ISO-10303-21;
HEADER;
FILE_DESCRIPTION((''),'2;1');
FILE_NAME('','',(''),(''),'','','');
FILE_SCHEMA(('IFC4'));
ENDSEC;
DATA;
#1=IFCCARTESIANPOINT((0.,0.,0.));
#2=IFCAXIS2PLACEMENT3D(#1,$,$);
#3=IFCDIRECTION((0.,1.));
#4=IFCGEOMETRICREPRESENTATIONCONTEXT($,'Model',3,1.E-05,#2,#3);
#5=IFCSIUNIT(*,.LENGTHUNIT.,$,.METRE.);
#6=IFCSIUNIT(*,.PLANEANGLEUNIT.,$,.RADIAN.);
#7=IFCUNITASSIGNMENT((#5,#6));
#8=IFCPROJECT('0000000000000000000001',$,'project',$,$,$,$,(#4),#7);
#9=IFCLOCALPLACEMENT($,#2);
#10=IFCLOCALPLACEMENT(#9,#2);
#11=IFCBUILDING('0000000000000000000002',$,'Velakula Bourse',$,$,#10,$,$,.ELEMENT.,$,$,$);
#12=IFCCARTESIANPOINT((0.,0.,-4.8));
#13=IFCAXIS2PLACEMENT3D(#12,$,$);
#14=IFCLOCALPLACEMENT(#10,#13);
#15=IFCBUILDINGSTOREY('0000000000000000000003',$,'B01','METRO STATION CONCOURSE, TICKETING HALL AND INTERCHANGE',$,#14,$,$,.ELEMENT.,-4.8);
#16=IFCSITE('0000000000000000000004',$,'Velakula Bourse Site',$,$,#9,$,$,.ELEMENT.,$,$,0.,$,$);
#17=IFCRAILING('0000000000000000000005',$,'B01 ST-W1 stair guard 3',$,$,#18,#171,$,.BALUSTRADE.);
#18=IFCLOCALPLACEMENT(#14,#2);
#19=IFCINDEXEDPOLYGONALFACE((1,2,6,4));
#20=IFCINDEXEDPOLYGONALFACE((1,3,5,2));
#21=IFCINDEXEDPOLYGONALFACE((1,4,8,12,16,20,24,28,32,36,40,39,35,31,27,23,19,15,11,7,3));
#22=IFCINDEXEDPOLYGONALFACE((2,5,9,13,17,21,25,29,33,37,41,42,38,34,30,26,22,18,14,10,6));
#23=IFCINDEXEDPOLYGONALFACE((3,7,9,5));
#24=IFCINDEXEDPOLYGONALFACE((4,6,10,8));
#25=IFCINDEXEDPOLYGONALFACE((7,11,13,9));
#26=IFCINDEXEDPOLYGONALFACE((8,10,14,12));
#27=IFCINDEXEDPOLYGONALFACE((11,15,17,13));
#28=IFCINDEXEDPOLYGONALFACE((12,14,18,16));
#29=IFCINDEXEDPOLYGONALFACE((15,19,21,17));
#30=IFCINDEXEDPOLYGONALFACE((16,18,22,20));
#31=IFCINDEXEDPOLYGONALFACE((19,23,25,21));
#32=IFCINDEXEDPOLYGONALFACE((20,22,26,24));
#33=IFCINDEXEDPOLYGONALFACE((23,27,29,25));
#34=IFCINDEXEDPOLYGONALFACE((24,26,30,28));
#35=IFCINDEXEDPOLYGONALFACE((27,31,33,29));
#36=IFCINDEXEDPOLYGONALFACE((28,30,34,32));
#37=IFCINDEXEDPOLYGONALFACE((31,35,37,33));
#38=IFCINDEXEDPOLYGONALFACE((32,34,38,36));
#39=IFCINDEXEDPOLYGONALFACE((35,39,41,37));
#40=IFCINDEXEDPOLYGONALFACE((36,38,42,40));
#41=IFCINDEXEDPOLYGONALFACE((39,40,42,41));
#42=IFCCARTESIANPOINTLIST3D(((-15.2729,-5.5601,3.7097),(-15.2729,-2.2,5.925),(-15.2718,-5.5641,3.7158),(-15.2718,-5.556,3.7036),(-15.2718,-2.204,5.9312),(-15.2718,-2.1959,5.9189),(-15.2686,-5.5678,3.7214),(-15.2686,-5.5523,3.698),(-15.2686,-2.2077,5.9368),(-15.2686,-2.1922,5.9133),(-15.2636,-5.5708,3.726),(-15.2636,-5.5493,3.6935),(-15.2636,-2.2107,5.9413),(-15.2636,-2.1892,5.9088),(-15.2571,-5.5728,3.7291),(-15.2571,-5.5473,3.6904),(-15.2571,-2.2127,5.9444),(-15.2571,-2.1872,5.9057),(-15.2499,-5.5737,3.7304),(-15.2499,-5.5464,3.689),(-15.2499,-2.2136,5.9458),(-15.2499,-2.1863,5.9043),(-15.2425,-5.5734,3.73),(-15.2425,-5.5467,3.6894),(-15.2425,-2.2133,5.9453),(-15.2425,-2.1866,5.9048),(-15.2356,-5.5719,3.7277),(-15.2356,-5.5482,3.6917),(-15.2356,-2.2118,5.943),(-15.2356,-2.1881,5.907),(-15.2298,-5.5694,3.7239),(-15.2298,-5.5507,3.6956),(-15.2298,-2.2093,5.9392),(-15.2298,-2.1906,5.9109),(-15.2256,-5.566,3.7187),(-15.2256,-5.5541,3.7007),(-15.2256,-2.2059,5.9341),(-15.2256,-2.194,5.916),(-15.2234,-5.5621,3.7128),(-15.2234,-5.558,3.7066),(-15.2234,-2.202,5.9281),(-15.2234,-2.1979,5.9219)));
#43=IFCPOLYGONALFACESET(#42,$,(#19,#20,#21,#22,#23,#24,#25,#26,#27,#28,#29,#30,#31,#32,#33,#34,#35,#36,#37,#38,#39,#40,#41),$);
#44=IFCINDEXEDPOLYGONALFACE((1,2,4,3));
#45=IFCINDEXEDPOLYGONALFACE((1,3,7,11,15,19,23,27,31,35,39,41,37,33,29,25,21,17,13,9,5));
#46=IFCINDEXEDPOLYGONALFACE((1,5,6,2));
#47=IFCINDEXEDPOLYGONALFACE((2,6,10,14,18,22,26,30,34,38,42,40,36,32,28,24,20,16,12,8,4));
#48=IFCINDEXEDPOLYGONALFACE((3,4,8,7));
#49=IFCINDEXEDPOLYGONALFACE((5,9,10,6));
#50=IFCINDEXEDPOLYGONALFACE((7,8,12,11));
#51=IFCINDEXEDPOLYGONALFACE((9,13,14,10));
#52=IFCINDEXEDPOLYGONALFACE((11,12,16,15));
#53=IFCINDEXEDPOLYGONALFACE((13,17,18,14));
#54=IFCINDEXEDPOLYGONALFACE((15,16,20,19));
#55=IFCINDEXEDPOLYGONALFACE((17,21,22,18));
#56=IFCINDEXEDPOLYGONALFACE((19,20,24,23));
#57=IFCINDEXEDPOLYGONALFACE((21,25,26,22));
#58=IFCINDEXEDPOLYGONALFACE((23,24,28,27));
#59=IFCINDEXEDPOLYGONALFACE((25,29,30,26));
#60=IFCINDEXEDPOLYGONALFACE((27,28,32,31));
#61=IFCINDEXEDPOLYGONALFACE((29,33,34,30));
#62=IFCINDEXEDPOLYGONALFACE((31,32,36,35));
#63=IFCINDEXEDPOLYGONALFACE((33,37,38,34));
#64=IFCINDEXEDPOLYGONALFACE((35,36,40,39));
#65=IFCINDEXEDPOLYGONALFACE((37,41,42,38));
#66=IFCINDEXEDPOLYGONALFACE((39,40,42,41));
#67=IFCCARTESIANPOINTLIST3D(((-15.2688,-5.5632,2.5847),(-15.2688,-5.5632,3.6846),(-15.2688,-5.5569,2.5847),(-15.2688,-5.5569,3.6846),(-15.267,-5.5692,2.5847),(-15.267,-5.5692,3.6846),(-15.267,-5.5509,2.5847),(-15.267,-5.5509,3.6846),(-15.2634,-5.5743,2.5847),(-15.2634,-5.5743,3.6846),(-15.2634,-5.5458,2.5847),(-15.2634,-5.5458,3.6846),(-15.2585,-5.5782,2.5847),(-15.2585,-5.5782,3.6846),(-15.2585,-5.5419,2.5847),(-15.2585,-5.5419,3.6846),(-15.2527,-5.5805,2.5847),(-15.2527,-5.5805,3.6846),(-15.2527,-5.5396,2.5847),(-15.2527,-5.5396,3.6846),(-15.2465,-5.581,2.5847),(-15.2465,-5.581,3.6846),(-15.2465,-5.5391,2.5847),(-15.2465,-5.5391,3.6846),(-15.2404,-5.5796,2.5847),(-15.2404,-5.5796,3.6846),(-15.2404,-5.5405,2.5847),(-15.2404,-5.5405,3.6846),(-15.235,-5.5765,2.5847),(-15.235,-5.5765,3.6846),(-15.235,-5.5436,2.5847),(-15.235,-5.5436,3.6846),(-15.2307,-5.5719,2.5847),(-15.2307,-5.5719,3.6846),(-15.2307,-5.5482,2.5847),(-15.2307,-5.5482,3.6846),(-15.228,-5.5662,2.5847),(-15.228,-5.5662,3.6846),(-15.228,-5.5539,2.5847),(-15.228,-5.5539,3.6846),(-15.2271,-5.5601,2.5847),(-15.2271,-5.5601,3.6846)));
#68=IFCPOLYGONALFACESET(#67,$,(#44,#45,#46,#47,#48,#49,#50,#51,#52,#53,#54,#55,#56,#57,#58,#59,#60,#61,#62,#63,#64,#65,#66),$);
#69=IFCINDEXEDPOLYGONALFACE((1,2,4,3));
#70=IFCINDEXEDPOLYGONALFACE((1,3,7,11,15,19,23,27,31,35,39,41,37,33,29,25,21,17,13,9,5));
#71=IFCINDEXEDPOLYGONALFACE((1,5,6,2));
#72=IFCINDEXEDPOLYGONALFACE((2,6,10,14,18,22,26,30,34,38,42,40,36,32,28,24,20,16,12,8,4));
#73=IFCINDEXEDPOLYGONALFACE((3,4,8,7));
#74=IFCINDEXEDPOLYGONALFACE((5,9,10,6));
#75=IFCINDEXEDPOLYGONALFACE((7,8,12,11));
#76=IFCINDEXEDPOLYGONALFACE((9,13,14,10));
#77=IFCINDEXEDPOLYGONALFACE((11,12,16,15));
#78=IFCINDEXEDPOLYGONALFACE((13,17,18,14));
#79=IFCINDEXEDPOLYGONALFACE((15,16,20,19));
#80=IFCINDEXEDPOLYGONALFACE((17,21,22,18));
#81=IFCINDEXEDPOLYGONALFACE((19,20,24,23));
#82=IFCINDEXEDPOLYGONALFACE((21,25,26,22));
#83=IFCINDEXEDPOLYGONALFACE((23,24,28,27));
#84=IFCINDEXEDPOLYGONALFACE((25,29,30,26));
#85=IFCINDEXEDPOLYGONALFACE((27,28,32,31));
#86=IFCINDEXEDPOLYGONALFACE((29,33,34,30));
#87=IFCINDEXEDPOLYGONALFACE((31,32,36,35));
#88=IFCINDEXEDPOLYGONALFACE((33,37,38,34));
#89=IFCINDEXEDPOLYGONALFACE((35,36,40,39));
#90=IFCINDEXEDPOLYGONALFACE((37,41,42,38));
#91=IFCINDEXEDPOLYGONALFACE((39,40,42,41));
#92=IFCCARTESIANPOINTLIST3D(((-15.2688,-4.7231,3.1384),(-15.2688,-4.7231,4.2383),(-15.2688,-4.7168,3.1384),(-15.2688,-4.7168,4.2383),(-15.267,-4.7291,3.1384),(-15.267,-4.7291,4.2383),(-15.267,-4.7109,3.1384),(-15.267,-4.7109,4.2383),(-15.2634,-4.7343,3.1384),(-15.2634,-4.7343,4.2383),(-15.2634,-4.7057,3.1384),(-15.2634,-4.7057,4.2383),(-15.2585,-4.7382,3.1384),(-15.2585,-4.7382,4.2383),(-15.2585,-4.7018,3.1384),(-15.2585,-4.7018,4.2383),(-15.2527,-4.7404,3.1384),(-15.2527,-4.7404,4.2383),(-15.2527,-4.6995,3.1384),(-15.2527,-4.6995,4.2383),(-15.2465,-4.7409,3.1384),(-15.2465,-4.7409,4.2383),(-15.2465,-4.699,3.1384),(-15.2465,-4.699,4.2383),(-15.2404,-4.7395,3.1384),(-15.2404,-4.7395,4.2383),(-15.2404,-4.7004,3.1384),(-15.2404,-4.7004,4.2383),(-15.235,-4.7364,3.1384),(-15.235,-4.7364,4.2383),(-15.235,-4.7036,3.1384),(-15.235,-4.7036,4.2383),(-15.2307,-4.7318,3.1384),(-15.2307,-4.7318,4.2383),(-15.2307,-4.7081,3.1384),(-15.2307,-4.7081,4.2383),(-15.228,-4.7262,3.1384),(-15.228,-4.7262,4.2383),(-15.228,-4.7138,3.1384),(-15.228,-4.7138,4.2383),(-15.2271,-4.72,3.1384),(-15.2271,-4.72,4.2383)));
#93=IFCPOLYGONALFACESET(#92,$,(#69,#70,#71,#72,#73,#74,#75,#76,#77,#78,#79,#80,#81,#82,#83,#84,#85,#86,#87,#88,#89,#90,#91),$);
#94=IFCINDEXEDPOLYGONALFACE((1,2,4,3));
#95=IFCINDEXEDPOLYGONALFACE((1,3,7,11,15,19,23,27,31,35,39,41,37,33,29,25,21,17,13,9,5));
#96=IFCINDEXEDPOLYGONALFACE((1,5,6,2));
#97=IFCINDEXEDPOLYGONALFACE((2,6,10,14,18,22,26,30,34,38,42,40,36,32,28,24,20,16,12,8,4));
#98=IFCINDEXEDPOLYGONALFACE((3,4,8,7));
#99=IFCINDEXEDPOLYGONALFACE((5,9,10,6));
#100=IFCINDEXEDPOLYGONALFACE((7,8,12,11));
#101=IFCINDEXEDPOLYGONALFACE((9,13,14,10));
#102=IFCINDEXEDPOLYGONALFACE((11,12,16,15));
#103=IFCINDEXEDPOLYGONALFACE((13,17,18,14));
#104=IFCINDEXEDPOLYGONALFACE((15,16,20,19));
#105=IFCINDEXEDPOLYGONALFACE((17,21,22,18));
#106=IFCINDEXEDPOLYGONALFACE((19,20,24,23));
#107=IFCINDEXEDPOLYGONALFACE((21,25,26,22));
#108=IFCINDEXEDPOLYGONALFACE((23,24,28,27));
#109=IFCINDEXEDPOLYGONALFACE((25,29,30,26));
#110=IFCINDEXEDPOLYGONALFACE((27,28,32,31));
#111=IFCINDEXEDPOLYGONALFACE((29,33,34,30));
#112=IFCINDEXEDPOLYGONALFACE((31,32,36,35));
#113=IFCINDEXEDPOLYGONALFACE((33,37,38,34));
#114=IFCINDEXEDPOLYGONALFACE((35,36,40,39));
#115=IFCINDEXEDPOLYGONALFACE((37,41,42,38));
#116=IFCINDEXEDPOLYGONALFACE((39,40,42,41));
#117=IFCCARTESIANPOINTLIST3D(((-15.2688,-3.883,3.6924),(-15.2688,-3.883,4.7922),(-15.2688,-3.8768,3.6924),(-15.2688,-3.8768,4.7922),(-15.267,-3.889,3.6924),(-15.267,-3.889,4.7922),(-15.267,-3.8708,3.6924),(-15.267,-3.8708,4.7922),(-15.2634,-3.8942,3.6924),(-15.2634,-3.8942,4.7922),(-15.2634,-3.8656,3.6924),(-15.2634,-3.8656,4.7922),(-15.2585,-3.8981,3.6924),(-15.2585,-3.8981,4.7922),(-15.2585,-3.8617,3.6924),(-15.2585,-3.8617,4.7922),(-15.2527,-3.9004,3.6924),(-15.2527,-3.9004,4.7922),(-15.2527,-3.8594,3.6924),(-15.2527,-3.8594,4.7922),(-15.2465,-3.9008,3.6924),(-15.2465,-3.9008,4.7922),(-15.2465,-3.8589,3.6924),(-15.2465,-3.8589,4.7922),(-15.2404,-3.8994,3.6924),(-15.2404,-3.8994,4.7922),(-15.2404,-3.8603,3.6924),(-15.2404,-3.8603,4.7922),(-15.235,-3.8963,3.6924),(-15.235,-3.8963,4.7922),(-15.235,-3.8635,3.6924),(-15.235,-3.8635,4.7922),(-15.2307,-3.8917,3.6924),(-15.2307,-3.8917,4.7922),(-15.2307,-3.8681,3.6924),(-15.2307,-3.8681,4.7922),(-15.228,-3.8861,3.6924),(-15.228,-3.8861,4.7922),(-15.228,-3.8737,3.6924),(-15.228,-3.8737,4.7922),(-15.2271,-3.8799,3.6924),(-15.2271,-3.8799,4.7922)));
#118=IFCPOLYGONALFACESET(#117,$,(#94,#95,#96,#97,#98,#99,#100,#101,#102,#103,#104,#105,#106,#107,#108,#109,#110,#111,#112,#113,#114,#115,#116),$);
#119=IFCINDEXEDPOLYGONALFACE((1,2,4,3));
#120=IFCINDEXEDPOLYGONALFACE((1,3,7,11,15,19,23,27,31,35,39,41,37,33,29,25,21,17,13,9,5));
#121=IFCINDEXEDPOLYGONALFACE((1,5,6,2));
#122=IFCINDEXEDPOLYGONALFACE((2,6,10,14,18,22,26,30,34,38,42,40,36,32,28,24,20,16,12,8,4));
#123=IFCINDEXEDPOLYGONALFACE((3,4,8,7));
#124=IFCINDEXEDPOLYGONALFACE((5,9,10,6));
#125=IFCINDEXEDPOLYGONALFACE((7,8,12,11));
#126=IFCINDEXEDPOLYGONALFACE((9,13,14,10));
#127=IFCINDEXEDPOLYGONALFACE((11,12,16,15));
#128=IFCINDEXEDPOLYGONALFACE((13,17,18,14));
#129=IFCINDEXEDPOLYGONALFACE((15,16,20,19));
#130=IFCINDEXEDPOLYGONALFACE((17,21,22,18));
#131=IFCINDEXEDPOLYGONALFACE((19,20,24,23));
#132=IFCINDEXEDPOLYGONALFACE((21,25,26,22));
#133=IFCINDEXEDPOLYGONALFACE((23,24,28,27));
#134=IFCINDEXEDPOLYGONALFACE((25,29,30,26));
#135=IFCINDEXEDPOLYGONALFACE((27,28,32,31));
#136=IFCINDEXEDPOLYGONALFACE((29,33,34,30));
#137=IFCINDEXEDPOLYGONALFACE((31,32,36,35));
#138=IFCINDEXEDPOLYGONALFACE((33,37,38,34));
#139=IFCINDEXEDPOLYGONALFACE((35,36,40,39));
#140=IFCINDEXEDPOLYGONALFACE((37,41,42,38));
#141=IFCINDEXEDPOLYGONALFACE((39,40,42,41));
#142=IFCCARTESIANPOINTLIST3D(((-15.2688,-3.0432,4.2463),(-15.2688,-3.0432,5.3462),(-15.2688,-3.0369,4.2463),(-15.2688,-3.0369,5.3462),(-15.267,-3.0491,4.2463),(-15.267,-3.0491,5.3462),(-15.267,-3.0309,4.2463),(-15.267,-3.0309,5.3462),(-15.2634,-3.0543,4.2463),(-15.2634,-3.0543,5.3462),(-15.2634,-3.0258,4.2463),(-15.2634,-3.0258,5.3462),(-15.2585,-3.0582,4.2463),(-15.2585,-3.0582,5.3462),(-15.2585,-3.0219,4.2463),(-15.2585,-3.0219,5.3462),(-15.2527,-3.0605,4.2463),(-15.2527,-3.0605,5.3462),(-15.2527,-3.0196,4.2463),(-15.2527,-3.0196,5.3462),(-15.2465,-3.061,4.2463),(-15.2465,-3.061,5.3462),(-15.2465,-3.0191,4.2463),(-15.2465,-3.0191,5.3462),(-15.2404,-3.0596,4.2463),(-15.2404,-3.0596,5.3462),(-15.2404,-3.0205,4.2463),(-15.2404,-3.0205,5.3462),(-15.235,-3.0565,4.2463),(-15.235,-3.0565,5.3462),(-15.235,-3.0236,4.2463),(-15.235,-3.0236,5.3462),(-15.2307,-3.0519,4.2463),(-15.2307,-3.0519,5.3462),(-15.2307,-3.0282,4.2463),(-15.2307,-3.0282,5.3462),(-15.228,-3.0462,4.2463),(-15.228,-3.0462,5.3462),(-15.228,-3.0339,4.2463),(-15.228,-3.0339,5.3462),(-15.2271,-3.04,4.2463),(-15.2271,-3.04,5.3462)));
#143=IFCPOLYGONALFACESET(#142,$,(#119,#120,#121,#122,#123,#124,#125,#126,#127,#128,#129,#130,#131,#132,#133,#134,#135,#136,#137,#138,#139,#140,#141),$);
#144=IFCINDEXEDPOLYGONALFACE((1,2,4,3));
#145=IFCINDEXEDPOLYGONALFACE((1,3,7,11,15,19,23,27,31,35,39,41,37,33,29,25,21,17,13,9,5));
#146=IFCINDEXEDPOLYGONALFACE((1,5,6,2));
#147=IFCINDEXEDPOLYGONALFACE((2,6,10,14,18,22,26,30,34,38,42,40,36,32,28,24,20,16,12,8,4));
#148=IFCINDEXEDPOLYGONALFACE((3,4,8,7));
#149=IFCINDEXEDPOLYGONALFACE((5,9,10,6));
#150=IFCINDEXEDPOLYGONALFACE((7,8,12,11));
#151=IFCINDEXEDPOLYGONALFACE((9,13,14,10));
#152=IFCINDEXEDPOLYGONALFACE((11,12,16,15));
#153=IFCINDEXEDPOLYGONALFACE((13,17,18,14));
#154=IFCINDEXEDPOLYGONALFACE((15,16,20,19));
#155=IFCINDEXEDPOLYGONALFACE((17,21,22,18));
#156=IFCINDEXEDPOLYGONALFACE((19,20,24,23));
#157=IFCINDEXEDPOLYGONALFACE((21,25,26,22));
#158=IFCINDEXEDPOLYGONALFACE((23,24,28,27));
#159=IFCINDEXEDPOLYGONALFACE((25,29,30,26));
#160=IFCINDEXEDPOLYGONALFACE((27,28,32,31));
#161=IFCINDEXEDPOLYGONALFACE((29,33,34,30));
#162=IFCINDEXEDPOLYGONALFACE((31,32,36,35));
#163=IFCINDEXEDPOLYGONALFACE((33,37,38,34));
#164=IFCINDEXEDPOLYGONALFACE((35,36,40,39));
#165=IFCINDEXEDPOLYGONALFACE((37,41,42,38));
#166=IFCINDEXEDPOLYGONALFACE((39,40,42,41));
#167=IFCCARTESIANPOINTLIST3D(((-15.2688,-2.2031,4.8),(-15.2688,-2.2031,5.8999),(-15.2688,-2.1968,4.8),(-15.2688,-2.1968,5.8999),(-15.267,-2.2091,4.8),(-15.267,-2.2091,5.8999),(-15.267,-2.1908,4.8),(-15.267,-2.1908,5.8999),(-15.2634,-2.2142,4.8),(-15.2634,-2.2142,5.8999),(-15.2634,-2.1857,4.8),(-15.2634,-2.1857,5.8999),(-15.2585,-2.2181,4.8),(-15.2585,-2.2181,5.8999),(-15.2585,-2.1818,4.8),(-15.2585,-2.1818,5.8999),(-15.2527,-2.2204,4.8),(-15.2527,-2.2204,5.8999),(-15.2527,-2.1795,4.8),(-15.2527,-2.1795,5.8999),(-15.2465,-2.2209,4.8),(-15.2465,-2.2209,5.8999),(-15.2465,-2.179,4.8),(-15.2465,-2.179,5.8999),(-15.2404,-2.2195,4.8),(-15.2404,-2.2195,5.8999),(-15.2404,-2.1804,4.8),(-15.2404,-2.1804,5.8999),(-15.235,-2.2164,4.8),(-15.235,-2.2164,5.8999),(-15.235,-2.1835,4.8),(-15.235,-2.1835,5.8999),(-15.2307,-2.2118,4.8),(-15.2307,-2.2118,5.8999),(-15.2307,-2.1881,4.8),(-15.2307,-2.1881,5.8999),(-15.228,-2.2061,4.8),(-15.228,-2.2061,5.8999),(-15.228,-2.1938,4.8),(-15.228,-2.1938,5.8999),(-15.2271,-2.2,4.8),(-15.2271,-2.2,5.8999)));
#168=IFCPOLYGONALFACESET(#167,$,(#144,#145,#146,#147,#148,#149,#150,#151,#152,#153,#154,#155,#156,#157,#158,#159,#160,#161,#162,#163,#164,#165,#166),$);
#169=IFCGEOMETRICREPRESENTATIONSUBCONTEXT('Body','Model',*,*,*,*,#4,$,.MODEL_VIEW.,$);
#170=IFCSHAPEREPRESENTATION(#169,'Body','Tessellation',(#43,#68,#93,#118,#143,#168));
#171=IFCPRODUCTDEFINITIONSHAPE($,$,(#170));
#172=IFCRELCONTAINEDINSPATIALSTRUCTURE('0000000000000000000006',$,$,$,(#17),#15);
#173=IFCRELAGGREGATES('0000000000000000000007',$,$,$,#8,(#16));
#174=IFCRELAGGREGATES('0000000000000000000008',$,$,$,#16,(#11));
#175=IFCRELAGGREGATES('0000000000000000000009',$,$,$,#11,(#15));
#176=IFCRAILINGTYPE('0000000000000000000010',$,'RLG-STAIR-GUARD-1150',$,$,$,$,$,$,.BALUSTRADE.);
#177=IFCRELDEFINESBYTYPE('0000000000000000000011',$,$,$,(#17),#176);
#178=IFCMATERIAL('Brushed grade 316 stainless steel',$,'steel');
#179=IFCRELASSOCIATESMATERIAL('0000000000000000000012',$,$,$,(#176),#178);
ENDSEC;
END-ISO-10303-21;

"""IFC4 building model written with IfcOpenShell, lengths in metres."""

from ifc_helpers import new_model, si_unit, direction, frame, origin, origin_2d, place, context, subcontext, project, spatial, circle, extrude, material, type_object, element, save


model = new_model("IFC4")

# Units and contexts
model_context = context("Model", 3, precision=1e-05, world=origin(), true_north=direction((0.0, 1.0)))
body_context = subcontext(model_context, "Body", "Model", "MODEL_VIEW")
ifc_project = project(units=[si_unit("LENGTHUNIT", "METRE"), si_unit("PLANEANGLEUNIT", "RADIAN")], contexts=[model_context])

# Site, building, storey
site_placement = place(None, origin())
site = spatial("IfcSite", under=ifc_project, at=site_placement, Name="Velakula Bourse Site", CompositionType="ELEMENT", RefElevation=0.0)
building_placement = place(site_placement, origin())
building = spatial("IfcBuilding", under=site, at=building_placement, Name="Velakula Bourse", CompositionType="ELEMENT")
storey_placement = place(building_placement, frame((0.0, 0.0, -4.8)))
storey = spatial("IfcBuildingStorey", under=building, at=storey_placement, Name="B01", Description="METRO STATION CONCOURSE, TICKETING HALL AND INTERCHANGE", CompositionType="ELEMENT", Elevation=-4.8)

# Shared definitions
ifc_material_1 = material(Name="Brushed grade 316 stainless steel", Category="steel")

# Railing
railing_type_1 = type_object("IfcRailingType", Name="RLG-STAIR-GUARD-1150", PredefinedType="BALUSTRADE", material=ifc_material_1)
railing_1_placement = place(storey_placement, frame((-15.248, -5.5601, 2.5847)))
element("IfcRailing", 1, at=railing_1_placement, inside=storey, type_object=railing_type_1, Name="B01 ST-W1 stair guard 3", PredefinedType="BALUSTRADE", context=body_context, shape_type="SweptSolid", body=[
    extrude(circle(Radius=0.0249, at=origin_2d()), frame((0.0, 0.0, 1.125), z_axis=(0.0, 0.834876, 0.550437), x_axis=(-1.0, 0.0, 0.0)), (0.0, 0.0, 1.0), 4.0247),
    extrude(circle(Radius=0.021, at=origin_2d()), origin(), (0.0, 0.0, 1.0), 1.0999),
    extrude(circle(Radius=0.021, at=origin_2d()), frame((0.0, 0.8401, 0.5537)), (0.0, 0.0, 1.0), 1.0999),
    extrude(circle(Radius=0.021, at=origin_2d()), frame((0.0, 1.6802, 1.1077)), (0.0, 0.0, 1.0), 1.0999),
    extrude(circle(Radius=0.021, at=origin_2d()), frame((0.0, 2.52, 1.6616)), (0.0, 0.0, 1.0), 1.0999),
    extrude(circle(Radius=0.021, at=origin_2d()), frame((0.0, 3.3601, 2.2153)), (0.0, 0.0, 1.0), 1.0999),
])

save(model, "model.ifc")
